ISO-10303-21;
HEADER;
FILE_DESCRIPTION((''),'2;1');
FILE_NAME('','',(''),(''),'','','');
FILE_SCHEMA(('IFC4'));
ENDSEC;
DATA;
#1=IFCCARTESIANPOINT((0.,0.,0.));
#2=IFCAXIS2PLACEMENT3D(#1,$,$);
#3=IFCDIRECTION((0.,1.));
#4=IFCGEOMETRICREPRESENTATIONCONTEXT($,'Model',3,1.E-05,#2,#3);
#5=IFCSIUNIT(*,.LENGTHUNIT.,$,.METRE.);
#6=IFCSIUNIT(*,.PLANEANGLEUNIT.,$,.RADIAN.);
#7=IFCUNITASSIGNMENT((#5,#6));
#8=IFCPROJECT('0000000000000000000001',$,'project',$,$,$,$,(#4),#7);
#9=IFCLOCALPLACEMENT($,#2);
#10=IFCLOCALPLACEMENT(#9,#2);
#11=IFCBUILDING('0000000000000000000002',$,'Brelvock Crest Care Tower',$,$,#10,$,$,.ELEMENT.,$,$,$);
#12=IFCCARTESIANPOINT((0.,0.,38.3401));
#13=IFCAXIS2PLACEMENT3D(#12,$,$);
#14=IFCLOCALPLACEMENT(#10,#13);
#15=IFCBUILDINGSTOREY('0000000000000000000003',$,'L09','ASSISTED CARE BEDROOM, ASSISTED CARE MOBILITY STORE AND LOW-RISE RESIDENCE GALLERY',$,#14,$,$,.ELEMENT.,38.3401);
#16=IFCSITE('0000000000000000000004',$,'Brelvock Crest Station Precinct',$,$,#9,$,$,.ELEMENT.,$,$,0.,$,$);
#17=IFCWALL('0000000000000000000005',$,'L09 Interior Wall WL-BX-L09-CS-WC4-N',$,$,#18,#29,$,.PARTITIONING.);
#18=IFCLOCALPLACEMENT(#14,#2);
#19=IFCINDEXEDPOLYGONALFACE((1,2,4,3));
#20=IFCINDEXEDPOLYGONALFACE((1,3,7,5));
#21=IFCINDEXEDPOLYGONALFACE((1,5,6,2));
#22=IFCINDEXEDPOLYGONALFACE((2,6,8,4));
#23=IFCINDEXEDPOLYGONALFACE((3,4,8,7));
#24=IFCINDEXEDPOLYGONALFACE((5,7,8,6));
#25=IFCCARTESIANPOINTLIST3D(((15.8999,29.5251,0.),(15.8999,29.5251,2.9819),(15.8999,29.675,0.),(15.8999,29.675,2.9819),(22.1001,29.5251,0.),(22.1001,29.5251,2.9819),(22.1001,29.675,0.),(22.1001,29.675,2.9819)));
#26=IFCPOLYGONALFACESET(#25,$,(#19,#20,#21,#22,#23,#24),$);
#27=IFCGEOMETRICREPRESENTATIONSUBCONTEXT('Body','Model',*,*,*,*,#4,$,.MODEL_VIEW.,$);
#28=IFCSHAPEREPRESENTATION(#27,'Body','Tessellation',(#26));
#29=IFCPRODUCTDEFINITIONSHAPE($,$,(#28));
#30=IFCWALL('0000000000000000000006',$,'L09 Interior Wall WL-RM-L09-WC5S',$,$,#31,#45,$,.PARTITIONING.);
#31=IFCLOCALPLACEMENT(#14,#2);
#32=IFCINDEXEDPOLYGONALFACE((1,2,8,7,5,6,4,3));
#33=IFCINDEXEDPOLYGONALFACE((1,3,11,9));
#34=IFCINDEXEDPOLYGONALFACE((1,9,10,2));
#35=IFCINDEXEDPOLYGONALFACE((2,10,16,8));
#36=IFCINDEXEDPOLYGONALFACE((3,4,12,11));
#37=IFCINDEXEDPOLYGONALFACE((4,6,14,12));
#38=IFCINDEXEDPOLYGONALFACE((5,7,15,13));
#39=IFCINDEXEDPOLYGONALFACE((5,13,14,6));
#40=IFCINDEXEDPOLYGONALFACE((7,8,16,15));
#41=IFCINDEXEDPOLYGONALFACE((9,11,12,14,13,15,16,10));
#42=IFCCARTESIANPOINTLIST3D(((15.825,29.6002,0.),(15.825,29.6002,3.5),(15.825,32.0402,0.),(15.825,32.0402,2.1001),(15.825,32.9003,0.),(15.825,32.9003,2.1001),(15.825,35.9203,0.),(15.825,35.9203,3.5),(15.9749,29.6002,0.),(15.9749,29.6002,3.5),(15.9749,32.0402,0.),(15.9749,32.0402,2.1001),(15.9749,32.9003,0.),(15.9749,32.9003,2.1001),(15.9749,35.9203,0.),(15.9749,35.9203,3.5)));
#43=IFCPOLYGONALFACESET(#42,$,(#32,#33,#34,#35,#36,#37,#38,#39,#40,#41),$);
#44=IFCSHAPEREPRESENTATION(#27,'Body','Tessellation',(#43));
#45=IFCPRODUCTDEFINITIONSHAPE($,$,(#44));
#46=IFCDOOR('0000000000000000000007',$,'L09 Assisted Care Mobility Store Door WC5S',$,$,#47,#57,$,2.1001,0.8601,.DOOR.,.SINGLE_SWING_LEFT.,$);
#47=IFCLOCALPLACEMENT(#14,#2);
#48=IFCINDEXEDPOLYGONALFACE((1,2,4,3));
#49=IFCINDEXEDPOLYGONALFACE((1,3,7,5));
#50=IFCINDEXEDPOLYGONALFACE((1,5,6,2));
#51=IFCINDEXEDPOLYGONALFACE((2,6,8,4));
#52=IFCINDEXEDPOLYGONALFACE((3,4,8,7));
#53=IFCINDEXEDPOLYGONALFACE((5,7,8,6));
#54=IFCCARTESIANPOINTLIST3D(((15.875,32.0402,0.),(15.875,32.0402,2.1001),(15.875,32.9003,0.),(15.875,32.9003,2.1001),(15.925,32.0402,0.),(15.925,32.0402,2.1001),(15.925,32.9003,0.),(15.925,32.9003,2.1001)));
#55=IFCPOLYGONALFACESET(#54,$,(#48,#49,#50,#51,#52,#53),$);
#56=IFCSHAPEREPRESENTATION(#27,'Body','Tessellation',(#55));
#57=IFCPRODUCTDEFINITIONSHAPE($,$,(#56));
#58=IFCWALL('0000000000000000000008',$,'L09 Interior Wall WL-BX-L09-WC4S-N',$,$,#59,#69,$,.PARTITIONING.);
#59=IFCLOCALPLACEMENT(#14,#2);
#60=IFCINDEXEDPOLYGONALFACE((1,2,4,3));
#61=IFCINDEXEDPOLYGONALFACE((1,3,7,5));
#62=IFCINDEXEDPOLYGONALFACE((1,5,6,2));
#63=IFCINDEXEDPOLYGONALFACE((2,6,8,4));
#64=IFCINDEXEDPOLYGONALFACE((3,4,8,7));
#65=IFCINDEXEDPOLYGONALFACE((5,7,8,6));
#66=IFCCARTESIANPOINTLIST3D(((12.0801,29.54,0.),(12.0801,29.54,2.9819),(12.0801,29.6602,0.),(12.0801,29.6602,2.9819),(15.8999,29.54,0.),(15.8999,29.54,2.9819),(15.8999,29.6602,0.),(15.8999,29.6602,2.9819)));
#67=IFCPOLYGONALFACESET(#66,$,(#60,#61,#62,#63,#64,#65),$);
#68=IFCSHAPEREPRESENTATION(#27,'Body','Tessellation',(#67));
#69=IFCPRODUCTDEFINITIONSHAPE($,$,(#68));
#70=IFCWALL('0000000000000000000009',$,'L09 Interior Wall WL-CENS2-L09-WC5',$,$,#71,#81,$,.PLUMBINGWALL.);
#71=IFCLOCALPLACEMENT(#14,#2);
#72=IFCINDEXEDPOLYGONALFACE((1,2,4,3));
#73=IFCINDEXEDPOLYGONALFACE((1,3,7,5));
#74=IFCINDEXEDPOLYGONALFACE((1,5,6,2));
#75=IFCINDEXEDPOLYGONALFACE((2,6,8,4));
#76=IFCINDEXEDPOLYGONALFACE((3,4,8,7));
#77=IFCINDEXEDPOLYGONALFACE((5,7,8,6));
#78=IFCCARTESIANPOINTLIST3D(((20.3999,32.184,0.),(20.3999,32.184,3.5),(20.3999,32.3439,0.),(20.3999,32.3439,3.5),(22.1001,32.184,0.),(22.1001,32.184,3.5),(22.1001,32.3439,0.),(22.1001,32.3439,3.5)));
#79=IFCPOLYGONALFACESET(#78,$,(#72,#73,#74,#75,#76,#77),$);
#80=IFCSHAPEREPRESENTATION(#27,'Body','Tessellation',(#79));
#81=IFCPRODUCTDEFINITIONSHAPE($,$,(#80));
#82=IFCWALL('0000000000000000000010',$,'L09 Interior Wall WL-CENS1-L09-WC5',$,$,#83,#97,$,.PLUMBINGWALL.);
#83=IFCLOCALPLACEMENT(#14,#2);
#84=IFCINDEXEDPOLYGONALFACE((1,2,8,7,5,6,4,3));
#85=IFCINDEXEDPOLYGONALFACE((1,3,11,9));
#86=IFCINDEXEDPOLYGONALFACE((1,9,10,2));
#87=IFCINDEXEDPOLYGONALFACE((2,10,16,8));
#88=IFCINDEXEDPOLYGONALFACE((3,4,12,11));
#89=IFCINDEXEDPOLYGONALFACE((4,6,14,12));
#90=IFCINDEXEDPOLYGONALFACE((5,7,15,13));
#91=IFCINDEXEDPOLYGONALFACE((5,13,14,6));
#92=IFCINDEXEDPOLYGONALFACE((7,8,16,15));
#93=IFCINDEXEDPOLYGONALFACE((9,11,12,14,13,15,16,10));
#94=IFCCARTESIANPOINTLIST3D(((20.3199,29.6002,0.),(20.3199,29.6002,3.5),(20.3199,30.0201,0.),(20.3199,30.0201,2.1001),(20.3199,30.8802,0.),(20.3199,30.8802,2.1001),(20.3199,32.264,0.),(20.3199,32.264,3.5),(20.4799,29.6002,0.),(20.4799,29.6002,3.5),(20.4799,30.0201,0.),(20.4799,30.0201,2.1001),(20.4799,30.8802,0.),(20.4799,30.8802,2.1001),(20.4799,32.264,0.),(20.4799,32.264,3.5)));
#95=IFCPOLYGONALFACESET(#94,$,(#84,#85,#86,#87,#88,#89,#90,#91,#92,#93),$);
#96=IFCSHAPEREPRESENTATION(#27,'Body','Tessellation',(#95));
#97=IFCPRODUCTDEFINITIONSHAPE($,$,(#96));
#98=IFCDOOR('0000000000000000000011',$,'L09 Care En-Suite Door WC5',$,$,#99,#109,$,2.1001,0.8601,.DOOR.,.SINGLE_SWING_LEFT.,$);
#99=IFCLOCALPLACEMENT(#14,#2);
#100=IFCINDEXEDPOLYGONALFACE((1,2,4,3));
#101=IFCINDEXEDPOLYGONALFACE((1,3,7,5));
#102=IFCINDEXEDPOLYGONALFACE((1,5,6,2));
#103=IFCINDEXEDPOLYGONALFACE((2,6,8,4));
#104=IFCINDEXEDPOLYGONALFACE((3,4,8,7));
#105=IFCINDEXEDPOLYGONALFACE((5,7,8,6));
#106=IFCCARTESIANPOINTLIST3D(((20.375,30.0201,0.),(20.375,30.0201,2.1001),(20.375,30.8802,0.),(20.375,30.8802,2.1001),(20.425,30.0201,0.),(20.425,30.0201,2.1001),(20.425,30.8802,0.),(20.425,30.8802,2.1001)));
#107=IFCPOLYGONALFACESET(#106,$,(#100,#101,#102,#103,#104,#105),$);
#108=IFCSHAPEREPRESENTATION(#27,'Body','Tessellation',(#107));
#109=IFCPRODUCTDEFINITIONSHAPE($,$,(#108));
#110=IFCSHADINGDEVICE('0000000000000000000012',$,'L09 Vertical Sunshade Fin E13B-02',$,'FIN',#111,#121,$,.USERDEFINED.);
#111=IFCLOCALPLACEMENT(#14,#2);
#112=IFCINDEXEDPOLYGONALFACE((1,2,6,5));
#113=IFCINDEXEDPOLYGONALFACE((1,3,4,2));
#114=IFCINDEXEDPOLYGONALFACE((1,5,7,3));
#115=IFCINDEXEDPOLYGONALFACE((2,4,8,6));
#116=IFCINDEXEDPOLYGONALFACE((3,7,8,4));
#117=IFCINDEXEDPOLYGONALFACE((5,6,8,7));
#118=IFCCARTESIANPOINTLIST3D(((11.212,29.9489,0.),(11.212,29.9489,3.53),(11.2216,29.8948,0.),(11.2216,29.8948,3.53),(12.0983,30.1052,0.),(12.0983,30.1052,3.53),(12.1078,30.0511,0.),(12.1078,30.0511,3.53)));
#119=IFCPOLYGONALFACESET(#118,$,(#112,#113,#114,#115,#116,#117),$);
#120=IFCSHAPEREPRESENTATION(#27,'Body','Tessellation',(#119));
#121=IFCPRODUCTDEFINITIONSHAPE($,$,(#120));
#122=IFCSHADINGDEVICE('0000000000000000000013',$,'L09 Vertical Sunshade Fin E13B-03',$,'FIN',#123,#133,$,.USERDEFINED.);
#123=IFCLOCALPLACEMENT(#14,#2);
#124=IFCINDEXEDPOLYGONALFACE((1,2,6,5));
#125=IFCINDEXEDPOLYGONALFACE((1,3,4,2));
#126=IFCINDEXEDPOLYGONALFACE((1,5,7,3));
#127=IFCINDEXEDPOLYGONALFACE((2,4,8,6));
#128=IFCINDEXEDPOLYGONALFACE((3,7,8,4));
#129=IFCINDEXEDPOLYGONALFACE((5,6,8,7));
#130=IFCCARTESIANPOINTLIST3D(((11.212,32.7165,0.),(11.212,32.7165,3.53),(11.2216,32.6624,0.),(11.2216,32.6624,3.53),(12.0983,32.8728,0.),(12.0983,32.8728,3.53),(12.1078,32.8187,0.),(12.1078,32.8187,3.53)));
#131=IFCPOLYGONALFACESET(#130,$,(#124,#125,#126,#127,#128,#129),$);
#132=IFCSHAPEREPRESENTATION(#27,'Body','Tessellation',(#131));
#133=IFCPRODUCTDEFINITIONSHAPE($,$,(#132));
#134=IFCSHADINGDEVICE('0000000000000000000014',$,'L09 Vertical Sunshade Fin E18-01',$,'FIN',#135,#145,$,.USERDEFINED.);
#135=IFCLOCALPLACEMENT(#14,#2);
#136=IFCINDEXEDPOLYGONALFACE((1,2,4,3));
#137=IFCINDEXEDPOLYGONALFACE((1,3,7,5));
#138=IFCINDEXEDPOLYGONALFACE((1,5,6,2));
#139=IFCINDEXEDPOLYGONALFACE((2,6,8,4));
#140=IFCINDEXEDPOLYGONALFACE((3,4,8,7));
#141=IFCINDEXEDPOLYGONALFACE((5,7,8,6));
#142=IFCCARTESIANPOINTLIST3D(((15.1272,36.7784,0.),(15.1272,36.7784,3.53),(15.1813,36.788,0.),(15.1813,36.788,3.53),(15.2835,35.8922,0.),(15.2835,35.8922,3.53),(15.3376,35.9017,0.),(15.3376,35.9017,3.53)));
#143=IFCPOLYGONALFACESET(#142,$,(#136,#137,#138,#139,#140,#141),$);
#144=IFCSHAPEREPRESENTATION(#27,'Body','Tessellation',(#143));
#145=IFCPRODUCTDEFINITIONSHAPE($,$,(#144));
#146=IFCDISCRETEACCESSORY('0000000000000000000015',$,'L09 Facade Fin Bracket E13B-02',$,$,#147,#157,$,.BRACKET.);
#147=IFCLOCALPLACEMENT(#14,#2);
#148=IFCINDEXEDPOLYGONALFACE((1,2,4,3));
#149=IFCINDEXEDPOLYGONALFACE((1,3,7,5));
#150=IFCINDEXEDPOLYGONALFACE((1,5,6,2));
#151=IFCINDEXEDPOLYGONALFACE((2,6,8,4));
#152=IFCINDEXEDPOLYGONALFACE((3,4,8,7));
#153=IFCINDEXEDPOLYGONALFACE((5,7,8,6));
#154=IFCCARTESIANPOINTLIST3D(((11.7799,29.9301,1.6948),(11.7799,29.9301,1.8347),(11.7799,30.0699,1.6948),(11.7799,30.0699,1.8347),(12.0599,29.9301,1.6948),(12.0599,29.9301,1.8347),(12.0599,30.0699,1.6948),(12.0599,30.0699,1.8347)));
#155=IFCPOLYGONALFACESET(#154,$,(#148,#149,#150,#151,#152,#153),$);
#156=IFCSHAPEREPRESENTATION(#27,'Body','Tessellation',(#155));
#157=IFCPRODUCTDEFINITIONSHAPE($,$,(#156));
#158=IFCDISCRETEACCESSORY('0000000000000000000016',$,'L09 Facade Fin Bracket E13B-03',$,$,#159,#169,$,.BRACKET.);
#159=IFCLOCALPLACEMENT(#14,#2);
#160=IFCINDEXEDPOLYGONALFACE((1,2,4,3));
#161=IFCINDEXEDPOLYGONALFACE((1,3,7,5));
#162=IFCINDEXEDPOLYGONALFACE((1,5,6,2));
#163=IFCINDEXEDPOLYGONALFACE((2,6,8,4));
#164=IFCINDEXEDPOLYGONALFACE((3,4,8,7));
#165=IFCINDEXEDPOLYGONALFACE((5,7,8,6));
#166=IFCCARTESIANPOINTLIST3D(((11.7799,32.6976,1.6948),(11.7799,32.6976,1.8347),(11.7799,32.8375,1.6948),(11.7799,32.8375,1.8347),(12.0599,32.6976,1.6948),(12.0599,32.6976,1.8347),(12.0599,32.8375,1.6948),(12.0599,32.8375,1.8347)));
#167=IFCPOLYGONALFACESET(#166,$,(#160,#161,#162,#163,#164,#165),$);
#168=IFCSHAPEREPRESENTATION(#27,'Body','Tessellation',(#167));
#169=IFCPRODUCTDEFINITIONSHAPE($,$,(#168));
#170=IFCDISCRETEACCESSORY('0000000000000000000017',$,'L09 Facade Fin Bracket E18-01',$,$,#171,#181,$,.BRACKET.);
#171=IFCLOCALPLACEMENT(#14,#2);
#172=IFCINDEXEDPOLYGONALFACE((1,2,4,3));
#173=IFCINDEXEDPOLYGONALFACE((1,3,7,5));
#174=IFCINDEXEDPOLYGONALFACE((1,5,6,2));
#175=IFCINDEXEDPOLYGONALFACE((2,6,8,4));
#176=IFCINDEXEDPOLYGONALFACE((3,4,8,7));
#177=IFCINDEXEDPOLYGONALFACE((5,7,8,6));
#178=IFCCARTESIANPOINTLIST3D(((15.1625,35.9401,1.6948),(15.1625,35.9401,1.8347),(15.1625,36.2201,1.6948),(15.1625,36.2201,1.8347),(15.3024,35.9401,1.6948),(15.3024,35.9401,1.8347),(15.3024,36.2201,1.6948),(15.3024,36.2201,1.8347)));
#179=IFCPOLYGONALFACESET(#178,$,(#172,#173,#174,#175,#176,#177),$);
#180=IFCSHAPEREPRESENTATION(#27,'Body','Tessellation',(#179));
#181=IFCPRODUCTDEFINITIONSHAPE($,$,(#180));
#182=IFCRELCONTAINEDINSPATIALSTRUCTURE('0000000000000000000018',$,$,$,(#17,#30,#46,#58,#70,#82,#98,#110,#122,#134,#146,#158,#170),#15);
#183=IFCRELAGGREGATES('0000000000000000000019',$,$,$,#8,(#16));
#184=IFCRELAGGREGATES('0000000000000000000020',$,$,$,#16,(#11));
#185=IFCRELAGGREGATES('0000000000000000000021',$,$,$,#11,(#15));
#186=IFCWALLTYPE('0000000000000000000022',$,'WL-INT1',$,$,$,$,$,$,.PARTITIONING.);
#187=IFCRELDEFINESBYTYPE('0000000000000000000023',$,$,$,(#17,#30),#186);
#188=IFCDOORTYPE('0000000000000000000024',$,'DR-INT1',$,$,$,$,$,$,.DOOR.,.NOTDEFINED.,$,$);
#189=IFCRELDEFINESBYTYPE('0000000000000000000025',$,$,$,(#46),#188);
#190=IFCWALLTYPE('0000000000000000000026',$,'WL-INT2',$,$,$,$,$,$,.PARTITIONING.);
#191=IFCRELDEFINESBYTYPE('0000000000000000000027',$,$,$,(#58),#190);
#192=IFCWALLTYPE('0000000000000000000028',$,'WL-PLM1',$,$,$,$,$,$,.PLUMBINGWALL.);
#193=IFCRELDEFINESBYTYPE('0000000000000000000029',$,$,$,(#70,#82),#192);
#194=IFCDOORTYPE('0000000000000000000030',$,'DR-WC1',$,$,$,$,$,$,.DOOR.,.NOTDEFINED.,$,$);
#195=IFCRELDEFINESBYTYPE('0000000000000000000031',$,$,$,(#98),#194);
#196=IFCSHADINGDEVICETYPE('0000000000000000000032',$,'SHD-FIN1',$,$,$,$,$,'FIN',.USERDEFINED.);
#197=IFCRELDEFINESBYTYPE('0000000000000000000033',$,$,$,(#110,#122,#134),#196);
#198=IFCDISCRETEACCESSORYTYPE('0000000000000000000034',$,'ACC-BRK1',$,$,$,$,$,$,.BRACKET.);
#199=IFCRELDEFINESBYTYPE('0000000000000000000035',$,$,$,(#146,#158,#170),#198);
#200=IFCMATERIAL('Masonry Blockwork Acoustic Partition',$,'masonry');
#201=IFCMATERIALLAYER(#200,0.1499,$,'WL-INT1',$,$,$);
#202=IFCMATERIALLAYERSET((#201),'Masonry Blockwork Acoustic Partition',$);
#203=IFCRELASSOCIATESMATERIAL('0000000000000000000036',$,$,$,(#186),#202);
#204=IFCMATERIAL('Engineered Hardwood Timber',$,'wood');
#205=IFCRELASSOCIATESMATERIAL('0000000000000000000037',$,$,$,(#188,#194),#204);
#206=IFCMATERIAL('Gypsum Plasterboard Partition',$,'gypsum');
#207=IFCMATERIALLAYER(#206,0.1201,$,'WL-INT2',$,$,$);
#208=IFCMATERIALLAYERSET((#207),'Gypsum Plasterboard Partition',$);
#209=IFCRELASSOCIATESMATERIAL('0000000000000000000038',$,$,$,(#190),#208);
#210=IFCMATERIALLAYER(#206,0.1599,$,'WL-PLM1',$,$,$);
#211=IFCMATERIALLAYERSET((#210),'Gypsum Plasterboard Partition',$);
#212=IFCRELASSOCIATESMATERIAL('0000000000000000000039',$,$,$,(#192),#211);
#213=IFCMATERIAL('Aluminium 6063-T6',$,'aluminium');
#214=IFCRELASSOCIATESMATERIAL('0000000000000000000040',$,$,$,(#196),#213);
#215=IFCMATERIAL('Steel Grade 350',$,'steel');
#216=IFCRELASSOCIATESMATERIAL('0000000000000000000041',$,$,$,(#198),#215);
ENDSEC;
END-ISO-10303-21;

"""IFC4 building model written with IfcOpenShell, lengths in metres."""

from ifc_helpers import new_model, si_unit, direction, frame, frame_2d, origin, origin_2d, place, context, subcontext, project, spatial, rectangle, extrude, source, transform, mapped, material, layer, layer_set, material_profile, profile_set, type_object, element, fill, save


model = new_model("IFC4")

# Units and contexts
model_context = context("Model", 3, precision=1e-05, world=origin(), true_north=direction((0.0, 1.0)))
body_context = subcontext(model_context, "Body", "Model", "MODEL_VIEW")
ifc_project = project(units=[si_unit("LENGTHUNIT", "METRE"), si_unit("PLANEANGLEUNIT", "RADIAN")], contexts=[model_context])

# Site, building, storey
site_placement = place(None, origin())
site = spatial("IfcSite", under=ifc_project, at=site_placement, Name="Brelvock Crest Station Precinct", CompositionType="ELEMENT", RefElevation=0.0)
building_placement = place(site_placement, origin())
building = spatial("IfcBuilding", under=site, at=building_placement, Name="Brelvock Crest Care Tower", CompositionType="ELEMENT")
storey_placement = place(building_placement, frame((0.0, 0.0, 38.3401)))
storey = spatial("IfcBuildingStorey", under=building, at=storey_placement, Name="L09", Description="ASSISTED CARE BEDROOM, ASSISTED CARE MOBILITY STORE AND LOW-RISE RESIDENCE GALLERY", CompositionType="ELEMENT", Elevation=38.3401)

# Shared definitions
ifc_material_1 = material(Name="Steel Grade 350", Category="steel")

# Shared definitions
ifc_material_2 = material(Name="Aluminium 6063-T6", Category="aluminium")

# Wall
ifc_material_3 = material(Name="Masonry Blockwork Acoustic Partition", Category="masonry")
ifc_layer_1 = layer(ifc_material_3, 0.1499, Name="WL-INT1")
ifc_layer_set_1 = layer_set([ifc_layer_1], Name="Masonry Blockwork Acoustic Partition")
wall_type_1 = type_object("IfcWallType", Name="WL-INT1", PredefinedType="PARTITIONING", material=ifc_layer_set_1)
wall_1_placement = place(storey_placement, frame((15.8999, 29.6001, 0.0), z_axis=(0.0, 0.0, 1.0), x_axis=(1.0, 0.0, 0.0)))
element("IfcWall", 1, at=wall_1_placement, inside=storey, type_object=wall_type_1, Name="L09 Interior Wall WL-BX-L09-CS-WC4-N", PredefinedType="PARTITIONING", context=body_context, shape_type="SweptSolid", body=[
    extrude(rectangle(XDim=6.2002, YDim=0.1499, at=frame_2d((3.1001, 0.0))), origin(), (0.0, 0.0, 1.0), 2.9819),
])

# Wall, opening, door
wall_2_placement = place(storey_placement, frame((15.8999, 29.6001, 0.0), z_axis=(0.0, 0.0, 1.0), x_axis=(0.0, 1.0, 0.0)))
wall_2 = element("IfcWall", 2, at=wall_2_placement, inside=storey, type_object=wall_type_1, Name="L09 Interior Wall WL-RM-L09-WC5S", PredefinedType="PARTITIONING", context=body_context, shape_type="SweptSolid", body=[
    extrude(rectangle(XDim=6.3201, YDim=0.1499, at=frame_2d((3.1602, 0.0))), origin(), (0.0, 0.0, 1.0), 3.5),
])
opening_1_placement = place(wall_2_placement, frame((2.4399, 0.0, 0.0)))
opening_1 = element("IfcOpeningElement", 3, at=opening_1_placement, cuts=wall_2, PredefinedType="OPENING", context=body_context, shape_type="SweptSolid", body=[
    extrude(rectangle(XDim=0.8601, YDim=2.1001, at=origin_2d()), frame((0.4302, 0.085, 1.05), z_axis=(0.0, -1.0, 0.0), x_axis=(1.0, 0.0, 0.0)), (0.0, 0.0, 1.0), 0.1699),
])
ifc_material_4 = material(Name="Engineered Hardwood Timber", Category="wood")
door_type_1 = type_object("IfcDoorType", Name="DR-INT1", OperationType="NOTDEFINED", PredefinedType="DOOR", material=ifc_material_4)
shared_shape_1 = source(origin(), body_context, "Body", "SweptSolid", [
    extrude(rectangle(XDim=0.8601, YDim=2.1001, at=origin_2d()), frame((0.4302, 0.0249, 1.05), z_axis=(0.0, -1.0, 0.0), x_axis=(1.0, 0.0, 0.0)), (0.0, 0.0, 1.0), 0.05),
])
door_1_placement = place(opening_1_placement, origin())
door_1 = element("IfcDoor", 4, at=door_1_placement, inside=storey, type_object=door_type_1, Name="L09 Assisted Care Mobility Store Door WC5S", OperationType="SINGLE_SWING_LEFT", OverallHeight=2.1001, OverallWidth=0.8601, PredefinedType="DOOR", context=body_context, shape_type="MappedRepresentation", body=[
    mapped(shared_shape_1, transform((0.0, 0.0, 0.0), x_axis=(1.0, 0.0, 0.0), y_axis=(0.0, 1.0, 0.0), z_axis=(0.0, 0.0, 1.0), scale=1.0)),
])
fill(opening_1, door_1)

# Walls
ifc_material_5 = material(Name="Gypsum Plasterboard Partition", Category="gypsum")
ifc_layer_2 = layer(ifc_material_5, 0.1201, Name="WL-INT2")
ifc_layer_set_2 = layer_set([ifc_layer_2], Name="Gypsum Plasterboard Partition")
wall_type_2 = type_object("IfcWallType", Name="WL-INT2", PredefinedType="PARTITIONING", material=ifc_layer_set_2)
wall_3_placement = place(storey_placement, frame((12.0801, 29.6001, 0.0), z_axis=(0.0, 0.0, 1.0), x_axis=(1.0, 0.0, 0.0)))
element("IfcWall", 5, at=wall_3_placement, inside=storey, type_object=wall_type_2, Name="L09 Interior Wall WL-BX-L09-WC4S-N", PredefinedType="PARTITIONING", context=body_context, shape_type="SweptSolid", body=[
    extrude(rectangle(XDim=3.8198, YDim=0.1201, at=frame_2d((1.9099, 0.0))), origin(), (0.0, 0.0, 1.0), 2.9819),
])
ifc_layer_3 = layer(ifc_material_5, 0.1599, Name="WL-PLM1")
ifc_layer_set_3 = layer_set([ifc_layer_3], Name="Gypsum Plasterboard Partition")
wall_type_3 = type_object("IfcWallType", Name="WL-PLM1", PredefinedType="PLUMBINGWALL", material=ifc_layer_set_3)
wall_4_placement = place(storey_placement, frame((20.3999, 32.2639, 0.0), z_axis=(0.0, 0.0, 1.0), x_axis=(1.0, 0.0, 0.0)))
element("IfcWall", 6, at=wall_4_placement, inside=storey, type_object=wall_type_3, Name="L09 Interior Wall WL-CENS2-L09-WC5", PredefinedType="PLUMBINGWALL", context=body_context, shape_type="SweptSolid", body=[
    extrude(rectangle(XDim=1.7002, YDim=0.1599, at=frame_2d((0.8501, 0.0))), origin(), (0.0, 0.0, 1.0), 3.5),
])

# Wall, opening, door
wall_5_placement = place(storey_placement, frame((20.3999, 29.6001, 0.0), z_axis=(0.0, 0.0, 1.0), x_axis=(0.0, 1.0, 0.0)))
wall_5 = element("IfcWall", 7, at=wall_5_placement, inside=storey, type_object=wall_type_3, Name="L09 Interior Wall WL-CENS1-L09-WC5", PredefinedType="PLUMBINGWALL", context=body_context, shape_type="SweptSolid", body=[
    extrude(rectangle(XDim=2.6638, YDim=0.1599, at=frame_2d((1.332, 0.0))), origin(), (0.0, 0.0, 1.0), 3.5),
])
opening_2_placement = place(wall_5_placement, frame((0.4199, 0.0, 0.0)))
opening_2 = element("IfcOpeningElement", 8, at=opening_2_placement, cuts=wall_5, PredefinedType="OPENING", context=body_context, shape_type="SweptSolid", body=[
    extrude(rectangle(XDim=0.8601, YDim=2.1001, at=origin_2d()), frame((0.4302, 0.0898, 1.05), z_axis=(0.0, -1.0, 0.0), x_axis=(1.0, 0.0, 0.0)), (0.0, 0.0, 1.0), 0.1799),
])
door_type_2 = type_object("IfcDoorType", Name="DR-WC1", OperationType="NOTDEFINED", PredefinedType="DOOR", material=ifc_material_4)
shared_shape_2 = source(origin(), body_context, "Body", "SweptSolid", [
    extrude(rectangle(XDim=0.8601, YDim=2.1001, at=origin_2d()), frame((0.4302, 0.0249, 1.05), z_axis=(0.0, -1.0, 0.0), x_axis=(1.0, 0.0, 0.0)), (0.0, 0.0, 1.0), 0.05),
])
door_2_placement = place(opening_2_placement, origin())
door_2 = element("IfcDoor", 9, at=door_2_placement, inside=storey, type_object=door_type_2, Name="L09 Care En-Suite Door WC5", OperationType="SINGLE_SWING_LEFT", OverallHeight=2.1001, OverallWidth=0.8601, PredefinedType="DOOR", context=body_context, shape_type="MappedRepresentation", body=[
    mapped(shared_shape_2, transform((0.0, 0.0, 0.0), x_axis=(1.0, 0.0, 0.0), y_axis=(0.0, 1.0, 0.0), z_axis=(0.0, 0.0, 1.0), scale=1.0)),
])
fill(opening_2, door_2)

# Shading devices
ifc_material_profile_1 = material_profile(ifc_material_2, rectangle(XDim=0.0549, YDim=0.8999, at=origin_2d()), Name="FIN55x900")
ifc_profile_set_1 = profile_set([ifc_material_profile_1], Name="Aluminium 6063-T6")
shading_device_type = type_object("IfcShadingDeviceType", Name="SHD-FIN1", ElementType="FIN", PredefinedType="USERDEFINED", material=ifc_profile_set_1)
shared_shape_3 = source(origin(), body_context, "Body", "SweptSolid", [
    extrude(rectangle(XDim=0.0549, YDim=0.8999, at=origin_2d()), origin(), (0.0, 0.0, 1.0), 3.53),
])
for number, where, z_axis, x_axis, name in (
    (10, (11.6599, 30.0, 0.0), (0.0, 0.0, 1.0), (-0.173648, 0.984808, 0.0), "L09 Vertical Sunshade Fin E13B-02"),
    (11, (11.6599, 32.7676, 0.0), (0.0, 0.0, 1.0), (-0.173648, 0.984808, 0.0), "L09 Vertical Sunshade Fin E13B-03"),
    (12, (15.2324, 36.3401, 0.0), (0.0, 0.0, 1.0), (0.984808, 0.173648, 0.0), "L09 Vertical Sunshade Fin E18-01"),
):
    element("IfcShadingDevice", number, at=place(storey_placement, frame(where, z_axis=z_axis, x_axis=x_axis)), inside=storey, type_object=shading_device_type, Name=name, ObjectType="FIN", PredefinedType="USERDEFINED", context=body_context, shape_type="MappedRepresentation", body=[
        mapped(shared_shape_3, transform((0.0, 0.0, 0.0), x_axis=(1.0, 0.0, 0.0), y_axis=(0.0, 1.0, 0.0), z_axis=(0.0, 0.0, 1.0), scale=1.0)),
    ])

# Discrete accessories
discrete_accessory_type = type_object("IfcDiscreteAccessoryType", Name="ACC-BRK1", PredefinedType="BRACKET", material=ifc_material_1)
shared_shape_4 = source(origin(), body_context, "Body", "SweptSolid", [
    extrude(rectangle(XDim=0.28, YDim=0.1399, at=origin_2d()), origin(), (0.0, 0.0, 1.0), 0.1399),
])
for number, where, z_axis, x_axis, name in (
    (13, (11.9199, 30.0, 1.6948), (0.0, 0.0, 1.0), (-1.0, 0.0, 0.0), "L09 Facade Fin Bracket E13B-02"),
    (14, (11.9199, 32.7676, 1.6948), (0.0, 0.0, 1.0), (-1.0, 0.0, 0.0), "L09 Facade Fin Bracket E13B-03"),
    (15, (15.2324, 36.0801, 1.6948), (0.0, 0.0, 1.0), (0.0, 1.0, 0.0), "L09 Facade Fin Bracket E18-01"),
):
    element("IfcDiscreteAccessory", number, at=place(storey_placement, frame(where, z_axis=z_axis, x_axis=x_axis)), inside=storey, type_object=discrete_accessory_type, Name=name, PredefinedType="BRACKET", context=body_context, shape_type="MappedRepresentation", body=[
        mapped(shared_shape_4, transform((0.0, 0.0, 0.0), x_axis=(1.0, 0.0, 0.0), y_axis=(0.0, 1.0, 0.0), z_axis=(0.0, 0.0, 1.0), scale=1.0)),
    ])

save(model, "model.ifc")
